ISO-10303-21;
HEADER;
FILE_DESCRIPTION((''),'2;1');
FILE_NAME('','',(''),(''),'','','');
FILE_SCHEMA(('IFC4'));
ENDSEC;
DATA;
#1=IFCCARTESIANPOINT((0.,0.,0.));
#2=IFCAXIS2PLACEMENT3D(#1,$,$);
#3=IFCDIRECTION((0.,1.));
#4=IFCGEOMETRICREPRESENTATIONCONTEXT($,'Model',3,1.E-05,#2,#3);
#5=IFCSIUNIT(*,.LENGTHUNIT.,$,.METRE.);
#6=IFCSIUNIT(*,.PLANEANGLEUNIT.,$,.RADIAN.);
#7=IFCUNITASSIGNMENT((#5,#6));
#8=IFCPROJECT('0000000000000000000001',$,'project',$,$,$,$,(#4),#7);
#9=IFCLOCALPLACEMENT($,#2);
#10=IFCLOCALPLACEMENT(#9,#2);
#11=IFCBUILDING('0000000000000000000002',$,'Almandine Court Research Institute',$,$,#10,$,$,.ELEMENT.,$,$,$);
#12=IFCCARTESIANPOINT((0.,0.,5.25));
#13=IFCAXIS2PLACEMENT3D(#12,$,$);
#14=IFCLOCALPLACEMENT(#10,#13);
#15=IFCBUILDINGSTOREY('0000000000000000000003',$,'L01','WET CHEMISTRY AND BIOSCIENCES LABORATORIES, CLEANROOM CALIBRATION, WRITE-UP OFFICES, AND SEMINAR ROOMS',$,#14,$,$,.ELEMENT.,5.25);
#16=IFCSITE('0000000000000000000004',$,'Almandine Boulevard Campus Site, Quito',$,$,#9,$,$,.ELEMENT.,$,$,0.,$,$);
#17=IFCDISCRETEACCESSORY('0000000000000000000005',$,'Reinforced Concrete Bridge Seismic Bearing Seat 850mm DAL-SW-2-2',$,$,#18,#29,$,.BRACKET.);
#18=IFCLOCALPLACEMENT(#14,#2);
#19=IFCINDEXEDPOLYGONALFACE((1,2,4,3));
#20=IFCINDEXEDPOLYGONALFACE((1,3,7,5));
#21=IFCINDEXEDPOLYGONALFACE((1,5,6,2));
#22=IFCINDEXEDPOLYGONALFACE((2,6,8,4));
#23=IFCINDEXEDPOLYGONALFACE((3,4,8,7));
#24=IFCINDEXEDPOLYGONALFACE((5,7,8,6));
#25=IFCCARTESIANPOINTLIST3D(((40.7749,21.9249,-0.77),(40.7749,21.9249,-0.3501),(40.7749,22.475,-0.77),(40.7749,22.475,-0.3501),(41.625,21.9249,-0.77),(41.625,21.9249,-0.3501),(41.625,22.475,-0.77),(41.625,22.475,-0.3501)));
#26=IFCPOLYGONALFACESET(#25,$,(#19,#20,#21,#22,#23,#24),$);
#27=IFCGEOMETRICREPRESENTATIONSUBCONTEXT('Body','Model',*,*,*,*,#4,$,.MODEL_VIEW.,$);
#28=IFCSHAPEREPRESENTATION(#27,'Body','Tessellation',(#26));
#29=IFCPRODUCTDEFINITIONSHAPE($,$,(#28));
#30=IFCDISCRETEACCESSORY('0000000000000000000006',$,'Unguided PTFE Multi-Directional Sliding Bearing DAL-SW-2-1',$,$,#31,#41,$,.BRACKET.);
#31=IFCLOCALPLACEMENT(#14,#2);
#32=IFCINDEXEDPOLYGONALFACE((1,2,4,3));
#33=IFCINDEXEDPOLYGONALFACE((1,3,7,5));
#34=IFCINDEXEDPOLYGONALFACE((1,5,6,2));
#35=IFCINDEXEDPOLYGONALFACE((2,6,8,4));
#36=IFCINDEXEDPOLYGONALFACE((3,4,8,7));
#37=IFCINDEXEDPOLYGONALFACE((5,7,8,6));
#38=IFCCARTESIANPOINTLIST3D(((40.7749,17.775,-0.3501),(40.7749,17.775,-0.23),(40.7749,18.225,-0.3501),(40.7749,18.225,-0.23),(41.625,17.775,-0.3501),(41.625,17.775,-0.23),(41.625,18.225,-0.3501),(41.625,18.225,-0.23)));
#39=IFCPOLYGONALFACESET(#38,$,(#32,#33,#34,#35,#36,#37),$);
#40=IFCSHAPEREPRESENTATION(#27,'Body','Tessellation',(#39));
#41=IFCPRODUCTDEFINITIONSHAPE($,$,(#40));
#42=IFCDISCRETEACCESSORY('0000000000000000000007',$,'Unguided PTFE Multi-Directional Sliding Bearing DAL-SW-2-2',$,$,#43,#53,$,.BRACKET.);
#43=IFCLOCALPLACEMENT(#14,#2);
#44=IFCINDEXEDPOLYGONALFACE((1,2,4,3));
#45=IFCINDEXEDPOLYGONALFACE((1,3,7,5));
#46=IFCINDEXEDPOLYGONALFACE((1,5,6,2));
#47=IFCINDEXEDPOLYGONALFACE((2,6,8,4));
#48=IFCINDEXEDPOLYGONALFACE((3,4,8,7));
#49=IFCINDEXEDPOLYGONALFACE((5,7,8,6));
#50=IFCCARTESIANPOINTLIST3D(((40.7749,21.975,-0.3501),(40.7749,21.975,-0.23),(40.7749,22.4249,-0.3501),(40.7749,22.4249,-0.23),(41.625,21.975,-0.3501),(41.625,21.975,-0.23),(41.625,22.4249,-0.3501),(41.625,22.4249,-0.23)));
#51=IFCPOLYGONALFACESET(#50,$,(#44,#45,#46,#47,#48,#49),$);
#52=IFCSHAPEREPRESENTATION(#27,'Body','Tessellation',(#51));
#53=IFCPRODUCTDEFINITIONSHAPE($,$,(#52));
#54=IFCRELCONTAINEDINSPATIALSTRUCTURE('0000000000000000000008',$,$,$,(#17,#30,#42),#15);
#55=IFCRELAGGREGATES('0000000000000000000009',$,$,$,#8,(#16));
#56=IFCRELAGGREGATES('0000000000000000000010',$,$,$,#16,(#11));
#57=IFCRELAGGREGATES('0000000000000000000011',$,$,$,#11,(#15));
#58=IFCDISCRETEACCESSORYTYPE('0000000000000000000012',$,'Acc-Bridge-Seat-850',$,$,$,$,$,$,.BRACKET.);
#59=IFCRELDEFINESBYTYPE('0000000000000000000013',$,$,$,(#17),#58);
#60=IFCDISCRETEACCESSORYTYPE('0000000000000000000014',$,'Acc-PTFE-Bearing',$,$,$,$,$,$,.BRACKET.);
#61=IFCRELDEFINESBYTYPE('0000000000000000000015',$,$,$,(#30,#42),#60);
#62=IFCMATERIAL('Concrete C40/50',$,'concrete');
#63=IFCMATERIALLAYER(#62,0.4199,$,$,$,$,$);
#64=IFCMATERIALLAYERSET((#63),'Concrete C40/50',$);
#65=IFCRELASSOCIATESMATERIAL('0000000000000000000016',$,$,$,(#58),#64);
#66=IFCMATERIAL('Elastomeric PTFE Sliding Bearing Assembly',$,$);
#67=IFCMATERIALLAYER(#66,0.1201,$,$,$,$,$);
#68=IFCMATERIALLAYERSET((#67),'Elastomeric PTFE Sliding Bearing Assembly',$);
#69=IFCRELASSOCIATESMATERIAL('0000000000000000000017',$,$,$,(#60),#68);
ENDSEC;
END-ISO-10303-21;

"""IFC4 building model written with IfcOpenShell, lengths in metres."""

from ifc_helpers import new_model, si_unit, direction, frame, origin, origin_2d, place, context, subcontext, project, spatial, rectangle, extrude, material, layer, layer_set, type_object, element, save


model = new_model("IFC4")

# Units and contexts
model_context = context("Model", 3, precision=1e-05, world=origin(), true_north=direction((0.0, 1.0)))
body_context = subcontext(model_context, "Body", "Model", "MODEL_VIEW")
ifc_project = project(units=[si_unit("LENGTHUNIT", "METRE"), si_unit("PLANEANGLEUNIT", "RADIAN")], contexts=[model_context])

# Site, building, storey
site_placement = place(None, origin())
site = spatial("IfcSite", under=ifc_project, at=site_placement, Name="Almandine Boulevard Campus Site, Quito", CompositionType="ELEMENT", RefElevation=0.0)
building_placement = place(site_placement, origin())
building = spatial("IfcBuilding", under=site, at=building_placement, Name="Almandine Court Research Institute", CompositionType="ELEMENT")
storey_placement = place(building_placement, frame((0.0, 0.0, 5.25)))
storey = spatial("IfcBuildingStorey", under=building, at=storey_placement, Name="L01", Description="WET CHEMISTRY AND BIOSCIENCES LABORATORIES, CLEANROOM CALIBRATION, WRITE-UP OFFICES, AND SEMINAR ROOMS", CompositionType="ELEMENT", Elevation=5.25)

# Discrete accessories
ifc_material_1 = material(Name="Concrete C40/50", Category="concrete")
ifc_layer_1 = layer(ifc_material_1, 0.4199)
ifc_layer_set_1 = layer_set([ifc_layer_1], Name="Concrete C40/50")
discrete_accessory_type_1 = type_object("IfcDiscreteAccessoryType", Name="Acc-Bridge-Seat-850", PredefinedType="BRACKET", material=ifc_layer_set_1)
for number, where, z_axis, x_axis, name in (
    (1, (41.2, 22.2, -0.77), (0.0, 0.0, 1.0), (1.0, 0.0, 0.0), "Reinforced Concrete Bridge Seismic Bearing Seat 850mm DAL-SW-2-2"),
):
    element("IfcDiscreteAccessory", number, at=place(storey_placement, frame(where, z_axis=z_axis, x_axis=x_axis)), inside=storey, type_object=discrete_accessory_type_1, Name=name, PredefinedType="BRACKET", context=body_context, shape_type="SweptSolid", body=[
        extrude(rectangle(XDim=0.8501, YDim=0.55, at=origin_2d()), origin(), (0.0, 0.0, 1.0), 0.4199),
    ])
ifc_material_2 = material(Name="Elastomeric PTFE Sliding Bearing Assembly")
ifc_layer_2 = layer(ifc_material_2, 0.1201)
ifc_layer_set_2 = layer_set([ifc_layer_2], Name="Elastomeric PTFE Sliding Bearing Assembly")
discrete_accessory_type_2 = type_object("IfcDiscreteAccessoryType", Name="Acc-PTFE-Bearing", PredefinedType="BRACKET", material=ifc_layer_set_2)
for number, where, z_axis, x_axis, name in (
    (2, (41.2, 18.0, -0.3501), (0.0, 0.0, 1.0), (1.0, 0.0, 0.0), "Unguided PTFE Multi-Directional Sliding Bearing DAL-SW-2-1"),
    (3, (41.2, 22.2, -0.3501), (0.0, 0.0, 1.0), (1.0, 0.0, 0.0), "Unguided PTFE Multi-Directional Sliding Bearing DAL-SW-2-2"),
):
    element("IfcDiscreteAccessory", number, at=place(storey_placement, frame(where, z_axis=z_axis, x_axis=x_axis)), inside=storey, type_object=discrete_accessory_type_2, Name=name, PredefinedType="BRACKET", context=body_context, shape_type="SweptSolid", body=[
        extrude(rectangle(XDim=0.8501, YDim=0.45, at=origin_2d()), origin(), (0.0, 0.0, 1.0), 0.1201),
    ])

save(model, "model.ifc")
